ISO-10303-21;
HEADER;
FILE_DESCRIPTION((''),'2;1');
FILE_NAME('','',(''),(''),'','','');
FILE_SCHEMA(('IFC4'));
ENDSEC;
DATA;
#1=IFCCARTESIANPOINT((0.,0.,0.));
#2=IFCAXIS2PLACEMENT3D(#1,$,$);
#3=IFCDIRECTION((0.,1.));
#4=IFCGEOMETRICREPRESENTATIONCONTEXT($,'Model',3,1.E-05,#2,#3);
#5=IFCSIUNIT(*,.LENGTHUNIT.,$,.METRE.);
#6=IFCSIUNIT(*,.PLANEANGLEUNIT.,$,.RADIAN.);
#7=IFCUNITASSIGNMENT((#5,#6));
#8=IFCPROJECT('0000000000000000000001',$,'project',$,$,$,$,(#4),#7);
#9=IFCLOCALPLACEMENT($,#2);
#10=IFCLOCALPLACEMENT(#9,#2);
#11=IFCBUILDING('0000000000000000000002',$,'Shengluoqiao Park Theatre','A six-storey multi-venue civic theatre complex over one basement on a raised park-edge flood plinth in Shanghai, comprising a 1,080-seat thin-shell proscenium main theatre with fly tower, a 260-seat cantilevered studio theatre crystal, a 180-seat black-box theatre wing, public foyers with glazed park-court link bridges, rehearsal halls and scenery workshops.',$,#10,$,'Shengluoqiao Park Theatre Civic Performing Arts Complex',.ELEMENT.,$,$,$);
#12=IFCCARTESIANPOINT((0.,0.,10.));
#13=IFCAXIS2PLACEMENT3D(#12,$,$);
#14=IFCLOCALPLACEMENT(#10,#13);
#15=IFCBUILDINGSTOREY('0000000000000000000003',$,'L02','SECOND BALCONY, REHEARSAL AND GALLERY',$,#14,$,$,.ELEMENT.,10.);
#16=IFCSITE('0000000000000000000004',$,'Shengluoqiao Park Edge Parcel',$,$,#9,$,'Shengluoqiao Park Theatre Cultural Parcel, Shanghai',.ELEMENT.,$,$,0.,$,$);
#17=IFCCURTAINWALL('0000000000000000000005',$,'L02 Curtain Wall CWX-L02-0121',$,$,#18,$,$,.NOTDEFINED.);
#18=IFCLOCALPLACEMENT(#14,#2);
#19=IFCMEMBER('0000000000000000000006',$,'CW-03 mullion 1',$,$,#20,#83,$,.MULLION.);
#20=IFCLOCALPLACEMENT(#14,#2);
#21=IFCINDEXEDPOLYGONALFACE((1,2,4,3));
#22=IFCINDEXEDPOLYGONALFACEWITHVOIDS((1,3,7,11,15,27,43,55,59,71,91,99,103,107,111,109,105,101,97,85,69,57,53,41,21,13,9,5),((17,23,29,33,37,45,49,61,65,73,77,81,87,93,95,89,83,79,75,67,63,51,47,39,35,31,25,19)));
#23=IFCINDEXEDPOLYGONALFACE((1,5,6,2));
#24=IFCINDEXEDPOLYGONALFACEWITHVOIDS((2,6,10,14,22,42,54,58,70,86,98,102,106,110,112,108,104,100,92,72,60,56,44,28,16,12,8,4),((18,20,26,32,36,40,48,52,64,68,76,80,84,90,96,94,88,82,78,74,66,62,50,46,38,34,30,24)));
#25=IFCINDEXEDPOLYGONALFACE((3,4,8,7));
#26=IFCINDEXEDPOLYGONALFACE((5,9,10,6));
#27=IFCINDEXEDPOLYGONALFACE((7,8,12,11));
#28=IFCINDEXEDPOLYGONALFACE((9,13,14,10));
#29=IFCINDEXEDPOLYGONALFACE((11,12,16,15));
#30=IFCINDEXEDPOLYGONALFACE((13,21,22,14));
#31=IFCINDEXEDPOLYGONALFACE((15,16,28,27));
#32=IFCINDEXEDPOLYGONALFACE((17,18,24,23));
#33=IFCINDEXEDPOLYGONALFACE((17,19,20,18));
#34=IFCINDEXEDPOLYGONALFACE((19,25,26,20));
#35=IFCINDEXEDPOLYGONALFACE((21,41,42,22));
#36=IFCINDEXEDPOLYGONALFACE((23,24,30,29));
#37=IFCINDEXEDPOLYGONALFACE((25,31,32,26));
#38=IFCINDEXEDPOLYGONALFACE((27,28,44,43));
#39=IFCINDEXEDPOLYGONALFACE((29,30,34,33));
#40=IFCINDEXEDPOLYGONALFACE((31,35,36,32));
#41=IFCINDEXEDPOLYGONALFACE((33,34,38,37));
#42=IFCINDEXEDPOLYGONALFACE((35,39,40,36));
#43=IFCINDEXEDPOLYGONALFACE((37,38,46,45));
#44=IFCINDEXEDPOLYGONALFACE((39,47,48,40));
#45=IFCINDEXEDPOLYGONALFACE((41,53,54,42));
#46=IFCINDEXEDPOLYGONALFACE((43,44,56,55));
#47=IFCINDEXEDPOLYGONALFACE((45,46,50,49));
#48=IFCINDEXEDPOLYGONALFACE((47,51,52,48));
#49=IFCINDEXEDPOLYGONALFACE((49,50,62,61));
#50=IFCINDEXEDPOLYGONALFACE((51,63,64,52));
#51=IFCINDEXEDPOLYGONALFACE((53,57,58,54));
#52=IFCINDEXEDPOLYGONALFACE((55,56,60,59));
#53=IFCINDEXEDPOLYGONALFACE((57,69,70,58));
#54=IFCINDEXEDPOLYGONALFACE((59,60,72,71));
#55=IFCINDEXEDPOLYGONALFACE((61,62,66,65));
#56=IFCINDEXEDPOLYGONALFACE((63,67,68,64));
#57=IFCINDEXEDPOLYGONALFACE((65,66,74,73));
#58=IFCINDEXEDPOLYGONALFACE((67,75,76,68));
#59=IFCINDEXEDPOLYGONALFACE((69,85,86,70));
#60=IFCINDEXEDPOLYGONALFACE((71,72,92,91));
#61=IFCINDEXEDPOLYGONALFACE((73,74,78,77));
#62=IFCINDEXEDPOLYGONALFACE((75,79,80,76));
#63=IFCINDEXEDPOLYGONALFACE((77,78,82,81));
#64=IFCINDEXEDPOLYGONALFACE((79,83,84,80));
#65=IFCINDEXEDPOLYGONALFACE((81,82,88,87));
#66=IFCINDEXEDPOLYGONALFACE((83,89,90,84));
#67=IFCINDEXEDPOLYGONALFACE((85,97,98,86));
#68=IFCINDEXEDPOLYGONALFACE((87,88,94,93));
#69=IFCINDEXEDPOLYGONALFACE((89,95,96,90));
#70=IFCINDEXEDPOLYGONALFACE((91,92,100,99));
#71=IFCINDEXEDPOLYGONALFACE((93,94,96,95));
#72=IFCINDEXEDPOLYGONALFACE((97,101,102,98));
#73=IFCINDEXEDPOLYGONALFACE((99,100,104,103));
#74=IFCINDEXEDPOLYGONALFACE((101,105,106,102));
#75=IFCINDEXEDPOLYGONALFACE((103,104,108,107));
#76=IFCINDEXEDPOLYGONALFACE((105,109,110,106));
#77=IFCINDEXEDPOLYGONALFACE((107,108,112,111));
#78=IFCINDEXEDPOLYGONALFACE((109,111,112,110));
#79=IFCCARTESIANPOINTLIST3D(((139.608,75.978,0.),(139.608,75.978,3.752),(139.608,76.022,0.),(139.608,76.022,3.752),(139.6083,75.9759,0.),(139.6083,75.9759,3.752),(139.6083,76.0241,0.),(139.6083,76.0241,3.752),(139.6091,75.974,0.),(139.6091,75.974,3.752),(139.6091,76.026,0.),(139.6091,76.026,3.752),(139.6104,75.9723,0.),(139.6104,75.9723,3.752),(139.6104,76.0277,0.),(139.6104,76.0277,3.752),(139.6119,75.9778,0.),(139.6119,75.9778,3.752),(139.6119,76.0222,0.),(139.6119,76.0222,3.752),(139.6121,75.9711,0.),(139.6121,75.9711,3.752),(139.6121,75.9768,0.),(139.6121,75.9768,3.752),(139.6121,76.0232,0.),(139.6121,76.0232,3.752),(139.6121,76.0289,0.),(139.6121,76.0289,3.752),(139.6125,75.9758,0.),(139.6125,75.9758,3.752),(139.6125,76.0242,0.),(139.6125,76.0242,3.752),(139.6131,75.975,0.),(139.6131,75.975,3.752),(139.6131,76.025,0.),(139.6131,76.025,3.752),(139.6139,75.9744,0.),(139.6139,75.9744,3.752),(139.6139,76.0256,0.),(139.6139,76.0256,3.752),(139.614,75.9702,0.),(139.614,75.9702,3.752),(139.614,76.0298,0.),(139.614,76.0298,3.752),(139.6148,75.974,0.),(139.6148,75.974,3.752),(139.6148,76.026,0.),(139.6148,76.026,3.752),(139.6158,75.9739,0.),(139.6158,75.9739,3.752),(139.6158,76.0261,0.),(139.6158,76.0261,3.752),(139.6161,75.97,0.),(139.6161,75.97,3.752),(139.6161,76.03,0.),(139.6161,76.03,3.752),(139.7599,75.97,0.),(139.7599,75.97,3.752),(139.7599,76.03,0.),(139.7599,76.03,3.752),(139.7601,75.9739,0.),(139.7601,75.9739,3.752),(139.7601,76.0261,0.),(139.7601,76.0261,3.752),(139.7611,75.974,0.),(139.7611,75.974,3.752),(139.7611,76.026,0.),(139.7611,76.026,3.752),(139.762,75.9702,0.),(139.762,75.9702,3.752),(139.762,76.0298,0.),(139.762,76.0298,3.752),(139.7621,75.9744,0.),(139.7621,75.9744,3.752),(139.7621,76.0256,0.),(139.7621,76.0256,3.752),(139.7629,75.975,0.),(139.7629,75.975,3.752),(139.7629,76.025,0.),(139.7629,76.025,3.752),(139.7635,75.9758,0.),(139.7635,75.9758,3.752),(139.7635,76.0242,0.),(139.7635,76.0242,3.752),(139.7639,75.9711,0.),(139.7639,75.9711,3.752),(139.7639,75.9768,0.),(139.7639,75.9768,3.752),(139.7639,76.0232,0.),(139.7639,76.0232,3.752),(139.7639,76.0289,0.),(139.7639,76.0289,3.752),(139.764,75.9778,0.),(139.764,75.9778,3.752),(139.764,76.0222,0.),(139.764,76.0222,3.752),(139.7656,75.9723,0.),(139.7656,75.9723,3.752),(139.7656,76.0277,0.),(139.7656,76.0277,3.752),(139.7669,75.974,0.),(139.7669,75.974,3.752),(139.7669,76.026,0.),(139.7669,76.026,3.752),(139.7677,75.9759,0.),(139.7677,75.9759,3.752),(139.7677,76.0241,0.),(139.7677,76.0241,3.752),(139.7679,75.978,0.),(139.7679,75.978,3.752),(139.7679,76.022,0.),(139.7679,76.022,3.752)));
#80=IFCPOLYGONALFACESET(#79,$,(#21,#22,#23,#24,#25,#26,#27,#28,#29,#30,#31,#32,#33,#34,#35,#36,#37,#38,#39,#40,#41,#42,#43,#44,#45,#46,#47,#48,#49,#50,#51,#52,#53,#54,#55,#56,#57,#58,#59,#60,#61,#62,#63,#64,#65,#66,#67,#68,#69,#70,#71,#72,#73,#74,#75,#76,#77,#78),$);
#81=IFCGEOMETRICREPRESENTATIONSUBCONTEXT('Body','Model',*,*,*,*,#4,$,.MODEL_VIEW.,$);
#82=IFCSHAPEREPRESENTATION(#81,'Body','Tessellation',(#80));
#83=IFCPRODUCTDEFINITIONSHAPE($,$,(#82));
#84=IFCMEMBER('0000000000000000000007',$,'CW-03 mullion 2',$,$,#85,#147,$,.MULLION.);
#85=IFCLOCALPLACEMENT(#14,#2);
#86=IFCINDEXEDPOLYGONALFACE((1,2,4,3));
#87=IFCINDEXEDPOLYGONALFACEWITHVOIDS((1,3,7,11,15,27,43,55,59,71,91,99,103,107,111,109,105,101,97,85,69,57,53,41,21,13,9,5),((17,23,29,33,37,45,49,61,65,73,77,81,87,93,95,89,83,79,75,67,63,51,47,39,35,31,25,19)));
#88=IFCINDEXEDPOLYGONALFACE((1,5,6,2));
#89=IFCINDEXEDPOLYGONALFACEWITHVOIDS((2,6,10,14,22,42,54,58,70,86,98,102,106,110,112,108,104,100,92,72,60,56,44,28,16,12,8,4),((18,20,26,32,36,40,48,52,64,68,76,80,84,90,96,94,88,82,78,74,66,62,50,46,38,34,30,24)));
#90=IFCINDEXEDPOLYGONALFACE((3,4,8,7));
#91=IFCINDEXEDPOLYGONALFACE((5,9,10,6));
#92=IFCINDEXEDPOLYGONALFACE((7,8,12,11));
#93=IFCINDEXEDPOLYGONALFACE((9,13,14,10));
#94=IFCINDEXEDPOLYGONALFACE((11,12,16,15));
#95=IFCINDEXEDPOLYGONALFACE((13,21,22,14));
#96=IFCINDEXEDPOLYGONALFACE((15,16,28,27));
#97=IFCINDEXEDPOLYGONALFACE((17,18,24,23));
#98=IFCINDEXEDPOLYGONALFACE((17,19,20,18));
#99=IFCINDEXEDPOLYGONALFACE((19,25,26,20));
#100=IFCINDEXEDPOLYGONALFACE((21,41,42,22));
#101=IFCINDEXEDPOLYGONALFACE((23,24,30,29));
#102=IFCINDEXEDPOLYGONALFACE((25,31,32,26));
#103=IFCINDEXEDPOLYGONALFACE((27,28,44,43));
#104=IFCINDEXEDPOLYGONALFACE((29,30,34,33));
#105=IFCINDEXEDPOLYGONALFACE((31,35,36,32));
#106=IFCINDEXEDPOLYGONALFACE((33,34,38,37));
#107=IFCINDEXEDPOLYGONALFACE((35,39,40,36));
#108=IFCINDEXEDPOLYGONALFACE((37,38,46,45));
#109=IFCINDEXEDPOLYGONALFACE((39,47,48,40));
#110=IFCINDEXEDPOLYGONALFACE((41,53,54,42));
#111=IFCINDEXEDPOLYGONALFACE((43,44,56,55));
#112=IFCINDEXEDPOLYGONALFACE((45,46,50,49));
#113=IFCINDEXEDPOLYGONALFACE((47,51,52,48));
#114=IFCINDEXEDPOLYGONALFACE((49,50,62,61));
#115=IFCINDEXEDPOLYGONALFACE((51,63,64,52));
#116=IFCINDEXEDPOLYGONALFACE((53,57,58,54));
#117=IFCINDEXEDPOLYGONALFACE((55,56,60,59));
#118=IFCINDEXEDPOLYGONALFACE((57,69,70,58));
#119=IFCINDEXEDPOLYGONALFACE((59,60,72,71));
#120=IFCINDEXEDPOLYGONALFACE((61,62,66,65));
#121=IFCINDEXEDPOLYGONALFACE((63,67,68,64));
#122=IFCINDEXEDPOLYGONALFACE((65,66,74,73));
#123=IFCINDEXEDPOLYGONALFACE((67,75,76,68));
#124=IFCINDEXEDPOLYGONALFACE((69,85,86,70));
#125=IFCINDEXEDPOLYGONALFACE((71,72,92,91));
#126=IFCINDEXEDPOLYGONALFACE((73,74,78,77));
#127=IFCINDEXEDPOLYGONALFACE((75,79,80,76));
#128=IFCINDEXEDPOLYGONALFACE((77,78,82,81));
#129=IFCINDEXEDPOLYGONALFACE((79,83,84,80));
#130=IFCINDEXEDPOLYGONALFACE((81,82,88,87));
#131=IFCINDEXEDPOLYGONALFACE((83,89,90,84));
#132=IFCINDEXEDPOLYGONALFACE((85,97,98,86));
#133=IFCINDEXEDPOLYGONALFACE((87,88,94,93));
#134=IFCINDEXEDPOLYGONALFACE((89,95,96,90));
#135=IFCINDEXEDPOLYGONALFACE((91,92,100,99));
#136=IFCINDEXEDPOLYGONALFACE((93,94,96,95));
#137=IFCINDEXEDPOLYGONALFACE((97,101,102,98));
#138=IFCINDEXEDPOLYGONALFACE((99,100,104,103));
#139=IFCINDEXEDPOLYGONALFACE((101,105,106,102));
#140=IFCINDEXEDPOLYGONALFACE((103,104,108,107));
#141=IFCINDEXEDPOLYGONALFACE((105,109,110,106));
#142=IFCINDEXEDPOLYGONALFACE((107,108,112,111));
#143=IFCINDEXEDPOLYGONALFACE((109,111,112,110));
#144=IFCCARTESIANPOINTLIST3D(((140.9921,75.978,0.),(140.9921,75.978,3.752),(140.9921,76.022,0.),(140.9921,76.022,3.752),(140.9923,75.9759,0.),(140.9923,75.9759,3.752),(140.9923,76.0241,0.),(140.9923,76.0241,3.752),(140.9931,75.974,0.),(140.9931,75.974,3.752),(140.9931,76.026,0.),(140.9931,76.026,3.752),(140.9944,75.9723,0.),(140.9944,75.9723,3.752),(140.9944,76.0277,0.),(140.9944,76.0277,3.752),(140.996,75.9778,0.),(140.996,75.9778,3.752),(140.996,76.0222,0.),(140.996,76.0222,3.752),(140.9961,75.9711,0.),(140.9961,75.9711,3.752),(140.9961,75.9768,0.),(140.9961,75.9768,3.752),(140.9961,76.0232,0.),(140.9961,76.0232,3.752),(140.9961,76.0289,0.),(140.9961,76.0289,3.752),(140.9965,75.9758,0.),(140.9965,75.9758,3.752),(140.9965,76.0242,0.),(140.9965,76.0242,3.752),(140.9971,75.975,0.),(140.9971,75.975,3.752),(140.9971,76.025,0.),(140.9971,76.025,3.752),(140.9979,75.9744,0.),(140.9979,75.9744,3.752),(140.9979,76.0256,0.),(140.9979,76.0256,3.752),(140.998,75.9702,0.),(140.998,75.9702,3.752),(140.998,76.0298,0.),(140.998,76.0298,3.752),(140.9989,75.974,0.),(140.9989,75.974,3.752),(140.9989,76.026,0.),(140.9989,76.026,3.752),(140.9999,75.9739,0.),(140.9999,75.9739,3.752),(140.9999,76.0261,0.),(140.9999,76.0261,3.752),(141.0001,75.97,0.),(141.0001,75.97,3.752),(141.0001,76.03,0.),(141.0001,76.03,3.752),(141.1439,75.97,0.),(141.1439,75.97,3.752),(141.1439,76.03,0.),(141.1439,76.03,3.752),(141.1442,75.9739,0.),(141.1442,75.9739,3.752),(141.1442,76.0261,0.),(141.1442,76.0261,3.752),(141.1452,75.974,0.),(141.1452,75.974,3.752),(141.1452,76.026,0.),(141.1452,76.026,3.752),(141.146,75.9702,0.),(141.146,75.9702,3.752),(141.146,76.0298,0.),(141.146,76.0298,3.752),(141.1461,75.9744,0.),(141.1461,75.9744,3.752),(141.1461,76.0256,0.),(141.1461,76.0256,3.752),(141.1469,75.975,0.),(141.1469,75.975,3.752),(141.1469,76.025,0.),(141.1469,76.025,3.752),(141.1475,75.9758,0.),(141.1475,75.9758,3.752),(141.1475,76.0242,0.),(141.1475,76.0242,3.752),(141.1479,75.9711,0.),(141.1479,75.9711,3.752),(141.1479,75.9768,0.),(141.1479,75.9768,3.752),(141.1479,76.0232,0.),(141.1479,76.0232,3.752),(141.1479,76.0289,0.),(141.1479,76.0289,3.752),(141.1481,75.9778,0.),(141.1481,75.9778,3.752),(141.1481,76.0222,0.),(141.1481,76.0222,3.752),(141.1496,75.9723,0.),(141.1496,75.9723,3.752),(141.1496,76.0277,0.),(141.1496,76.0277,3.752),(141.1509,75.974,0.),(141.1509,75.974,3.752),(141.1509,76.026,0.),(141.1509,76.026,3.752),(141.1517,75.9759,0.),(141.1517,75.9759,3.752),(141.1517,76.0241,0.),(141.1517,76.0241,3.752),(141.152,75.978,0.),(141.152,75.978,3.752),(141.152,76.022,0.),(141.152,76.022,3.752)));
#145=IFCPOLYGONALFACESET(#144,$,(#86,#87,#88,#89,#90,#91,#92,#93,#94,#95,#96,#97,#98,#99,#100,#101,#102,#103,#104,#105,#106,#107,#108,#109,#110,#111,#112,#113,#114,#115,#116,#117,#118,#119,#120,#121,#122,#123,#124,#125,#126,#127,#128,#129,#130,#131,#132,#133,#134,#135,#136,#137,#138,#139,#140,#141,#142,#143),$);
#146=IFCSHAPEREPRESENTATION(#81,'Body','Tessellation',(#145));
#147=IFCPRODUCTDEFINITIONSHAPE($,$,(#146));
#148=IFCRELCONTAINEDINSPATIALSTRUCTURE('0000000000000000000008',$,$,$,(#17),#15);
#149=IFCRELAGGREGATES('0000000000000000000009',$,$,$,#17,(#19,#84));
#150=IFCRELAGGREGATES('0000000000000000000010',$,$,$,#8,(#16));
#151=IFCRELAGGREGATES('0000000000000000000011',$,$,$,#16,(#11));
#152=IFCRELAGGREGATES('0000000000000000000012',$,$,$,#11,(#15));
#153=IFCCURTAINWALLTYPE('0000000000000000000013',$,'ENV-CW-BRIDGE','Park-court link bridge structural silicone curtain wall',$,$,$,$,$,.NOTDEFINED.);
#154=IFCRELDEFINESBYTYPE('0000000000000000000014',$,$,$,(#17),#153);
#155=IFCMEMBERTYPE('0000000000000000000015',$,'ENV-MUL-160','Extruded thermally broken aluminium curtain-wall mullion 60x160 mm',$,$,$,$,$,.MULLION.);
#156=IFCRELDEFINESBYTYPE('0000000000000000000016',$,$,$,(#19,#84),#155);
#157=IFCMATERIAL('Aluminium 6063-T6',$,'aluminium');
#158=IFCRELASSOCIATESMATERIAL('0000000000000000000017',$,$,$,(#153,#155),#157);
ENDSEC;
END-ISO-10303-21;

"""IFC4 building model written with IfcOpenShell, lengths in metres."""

from ifc_helpers import new_model, si_unit, direction, frame, origin, origin_2d, place, context, subcontext, project, spatial, hollow_rectangle, extrude, material, material_profile, profile_set, type_object, element, aggregate, save


model = new_model("IFC4")

# Units and contexts
model_context = context("Model", 3, precision=1e-05, world=origin(), true_north=direction((0.0, 1.0)))
body_context = subcontext(model_context, "Body", "Model", "MODEL_VIEW")
ifc_project = project(units=[si_unit("LENGTHUNIT", "METRE"), si_unit("PLANEANGLEUNIT", "RADIAN")], contexts=[model_context])

# Site, building, storey
site_placement = place(None, origin())
site = spatial("IfcSite", under=ifc_project, at=site_placement, Name="Shengluoqiao Park Edge Parcel", LongName="Shengluoqiao Park Theatre Cultural Parcel, Shanghai", CompositionType="ELEMENT", RefElevation=0.0)
building_placement = place(site_placement, origin())
building = spatial("IfcBuilding", under=site, at=building_placement, Name="Shengluoqiao Park Theatre", Description="A six-storey multi-venue civic theatre complex over one basement on a raised park-edge flood plinth in Shanghai, comprising a 1,080-seat thin-shell proscenium main theatre with fly tower, a 260-seat cantilevered studio theatre crystal, a 180-seat black-box theatre wing, public foyers with glazed park-court link bridges, rehearsal halls and scenery workshops.", LongName="Shengluoqiao Park Theatre Civic Performing Arts Complex", CompositionType="ELEMENT")
storey_placement = place(building_placement, frame((0.0, 0.0, 10.0)))
storey = spatial("IfcBuildingStorey", under=building, at=storey_placement, Name="L02", Description="SECOND BALCONY, REHEARSAL AND GALLERY", CompositionType="ELEMENT", Elevation=10.0)

# Curtain wall, members
ifc_material_1 = material(Name="Aluminium 6063-T6", Category="aluminium")
curtain_wall_type = type_object("IfcCurtainWallType", Name="ENV-CW-BRIDGE", Description="Park-court link bridge structural silicone curtain wall", PredefinedType="NOTDEFINED", material=ifc_material_1)
curtain_wall_placement = place(storey_placement, origin())
curtain_wall = element("IfcCurtainWall", 1, at=curtain_wall_placement, inside=storey, type_object=curtain_wall_type, Name="L02 Curtain Wall CWX-L02-0121", PredefinedType="NOTDEFINED")
ifc_material_profile_1 = material_profile(ifc_material_1, hollow_rectangle(XDim=0.0601, YDim=0.1599, WallThickness=0.0039, InnerFilletRadius=0.0039, OuterFilletRadius=0.0081, at=origin_2d()), Name="ALU MULLION 160x60x4")
ifc_profile_set_1 = profile_set([ifc_material_profile_1], Name="Aluminium 6063-T6")
member_type_1 = type_object("IfcMemberType", Name="ENV-MUL-160", Description="Extruded thermally broken aluminium curtain-wall mullion 60x160 mm", PredefinedType="MULLION", material=ifc_profile_set_1)
member_1_placement = place(storey_placement, frame((139.688, 76.0, 0.0), z_axis=(0.0, 0.0, 1.0), x_axis=(0.0, 1.0, 0.0)))
member_1 = element("IfcMember", 2, at=member_1_placement, type_object=member_type_1, Name="CW-03 mullion 1", PredefinedType="MULLION", context=body_context, shape_type="SweptSolid", body=[
    extrude(hollow_rectangle(XDim=0.0601, YDim=0.1599, WallThickness=0.0039, InnerFilletRadius=0.0039, OuterFilletRadius=0.0081, at=origin_2d()), origin(), (0.0, 0.0, 1.0), 3.752),
])
member_2_placement = place(storey_placement, frame((141.072, 76.0, 0.0), z_axis=(0.0, 0.0, 1.0), x_axis=(0.0, 1.0, 0.0)))
member_2 = element("IfcMember", 3, at=member_2_placement, type_object=member_type_1, Name="CW-03 mullion 2", PredefinedType="MULLION", context=body_context, shape_type="SweptSolid", body=[
    extrude(hollow_rectangle(XDim=0.0601, YDim=0.1599, WallThickness=0.0039, InnerFilletRadius=0.0039, OuterFilletRadius=0.0081, at=origin_2d()), origin(), (0.0, 0.0, 1.0), 3.752),
])
aggregate(curtain_wall, [member_1, member_2])

save(model, "model.ifc")
